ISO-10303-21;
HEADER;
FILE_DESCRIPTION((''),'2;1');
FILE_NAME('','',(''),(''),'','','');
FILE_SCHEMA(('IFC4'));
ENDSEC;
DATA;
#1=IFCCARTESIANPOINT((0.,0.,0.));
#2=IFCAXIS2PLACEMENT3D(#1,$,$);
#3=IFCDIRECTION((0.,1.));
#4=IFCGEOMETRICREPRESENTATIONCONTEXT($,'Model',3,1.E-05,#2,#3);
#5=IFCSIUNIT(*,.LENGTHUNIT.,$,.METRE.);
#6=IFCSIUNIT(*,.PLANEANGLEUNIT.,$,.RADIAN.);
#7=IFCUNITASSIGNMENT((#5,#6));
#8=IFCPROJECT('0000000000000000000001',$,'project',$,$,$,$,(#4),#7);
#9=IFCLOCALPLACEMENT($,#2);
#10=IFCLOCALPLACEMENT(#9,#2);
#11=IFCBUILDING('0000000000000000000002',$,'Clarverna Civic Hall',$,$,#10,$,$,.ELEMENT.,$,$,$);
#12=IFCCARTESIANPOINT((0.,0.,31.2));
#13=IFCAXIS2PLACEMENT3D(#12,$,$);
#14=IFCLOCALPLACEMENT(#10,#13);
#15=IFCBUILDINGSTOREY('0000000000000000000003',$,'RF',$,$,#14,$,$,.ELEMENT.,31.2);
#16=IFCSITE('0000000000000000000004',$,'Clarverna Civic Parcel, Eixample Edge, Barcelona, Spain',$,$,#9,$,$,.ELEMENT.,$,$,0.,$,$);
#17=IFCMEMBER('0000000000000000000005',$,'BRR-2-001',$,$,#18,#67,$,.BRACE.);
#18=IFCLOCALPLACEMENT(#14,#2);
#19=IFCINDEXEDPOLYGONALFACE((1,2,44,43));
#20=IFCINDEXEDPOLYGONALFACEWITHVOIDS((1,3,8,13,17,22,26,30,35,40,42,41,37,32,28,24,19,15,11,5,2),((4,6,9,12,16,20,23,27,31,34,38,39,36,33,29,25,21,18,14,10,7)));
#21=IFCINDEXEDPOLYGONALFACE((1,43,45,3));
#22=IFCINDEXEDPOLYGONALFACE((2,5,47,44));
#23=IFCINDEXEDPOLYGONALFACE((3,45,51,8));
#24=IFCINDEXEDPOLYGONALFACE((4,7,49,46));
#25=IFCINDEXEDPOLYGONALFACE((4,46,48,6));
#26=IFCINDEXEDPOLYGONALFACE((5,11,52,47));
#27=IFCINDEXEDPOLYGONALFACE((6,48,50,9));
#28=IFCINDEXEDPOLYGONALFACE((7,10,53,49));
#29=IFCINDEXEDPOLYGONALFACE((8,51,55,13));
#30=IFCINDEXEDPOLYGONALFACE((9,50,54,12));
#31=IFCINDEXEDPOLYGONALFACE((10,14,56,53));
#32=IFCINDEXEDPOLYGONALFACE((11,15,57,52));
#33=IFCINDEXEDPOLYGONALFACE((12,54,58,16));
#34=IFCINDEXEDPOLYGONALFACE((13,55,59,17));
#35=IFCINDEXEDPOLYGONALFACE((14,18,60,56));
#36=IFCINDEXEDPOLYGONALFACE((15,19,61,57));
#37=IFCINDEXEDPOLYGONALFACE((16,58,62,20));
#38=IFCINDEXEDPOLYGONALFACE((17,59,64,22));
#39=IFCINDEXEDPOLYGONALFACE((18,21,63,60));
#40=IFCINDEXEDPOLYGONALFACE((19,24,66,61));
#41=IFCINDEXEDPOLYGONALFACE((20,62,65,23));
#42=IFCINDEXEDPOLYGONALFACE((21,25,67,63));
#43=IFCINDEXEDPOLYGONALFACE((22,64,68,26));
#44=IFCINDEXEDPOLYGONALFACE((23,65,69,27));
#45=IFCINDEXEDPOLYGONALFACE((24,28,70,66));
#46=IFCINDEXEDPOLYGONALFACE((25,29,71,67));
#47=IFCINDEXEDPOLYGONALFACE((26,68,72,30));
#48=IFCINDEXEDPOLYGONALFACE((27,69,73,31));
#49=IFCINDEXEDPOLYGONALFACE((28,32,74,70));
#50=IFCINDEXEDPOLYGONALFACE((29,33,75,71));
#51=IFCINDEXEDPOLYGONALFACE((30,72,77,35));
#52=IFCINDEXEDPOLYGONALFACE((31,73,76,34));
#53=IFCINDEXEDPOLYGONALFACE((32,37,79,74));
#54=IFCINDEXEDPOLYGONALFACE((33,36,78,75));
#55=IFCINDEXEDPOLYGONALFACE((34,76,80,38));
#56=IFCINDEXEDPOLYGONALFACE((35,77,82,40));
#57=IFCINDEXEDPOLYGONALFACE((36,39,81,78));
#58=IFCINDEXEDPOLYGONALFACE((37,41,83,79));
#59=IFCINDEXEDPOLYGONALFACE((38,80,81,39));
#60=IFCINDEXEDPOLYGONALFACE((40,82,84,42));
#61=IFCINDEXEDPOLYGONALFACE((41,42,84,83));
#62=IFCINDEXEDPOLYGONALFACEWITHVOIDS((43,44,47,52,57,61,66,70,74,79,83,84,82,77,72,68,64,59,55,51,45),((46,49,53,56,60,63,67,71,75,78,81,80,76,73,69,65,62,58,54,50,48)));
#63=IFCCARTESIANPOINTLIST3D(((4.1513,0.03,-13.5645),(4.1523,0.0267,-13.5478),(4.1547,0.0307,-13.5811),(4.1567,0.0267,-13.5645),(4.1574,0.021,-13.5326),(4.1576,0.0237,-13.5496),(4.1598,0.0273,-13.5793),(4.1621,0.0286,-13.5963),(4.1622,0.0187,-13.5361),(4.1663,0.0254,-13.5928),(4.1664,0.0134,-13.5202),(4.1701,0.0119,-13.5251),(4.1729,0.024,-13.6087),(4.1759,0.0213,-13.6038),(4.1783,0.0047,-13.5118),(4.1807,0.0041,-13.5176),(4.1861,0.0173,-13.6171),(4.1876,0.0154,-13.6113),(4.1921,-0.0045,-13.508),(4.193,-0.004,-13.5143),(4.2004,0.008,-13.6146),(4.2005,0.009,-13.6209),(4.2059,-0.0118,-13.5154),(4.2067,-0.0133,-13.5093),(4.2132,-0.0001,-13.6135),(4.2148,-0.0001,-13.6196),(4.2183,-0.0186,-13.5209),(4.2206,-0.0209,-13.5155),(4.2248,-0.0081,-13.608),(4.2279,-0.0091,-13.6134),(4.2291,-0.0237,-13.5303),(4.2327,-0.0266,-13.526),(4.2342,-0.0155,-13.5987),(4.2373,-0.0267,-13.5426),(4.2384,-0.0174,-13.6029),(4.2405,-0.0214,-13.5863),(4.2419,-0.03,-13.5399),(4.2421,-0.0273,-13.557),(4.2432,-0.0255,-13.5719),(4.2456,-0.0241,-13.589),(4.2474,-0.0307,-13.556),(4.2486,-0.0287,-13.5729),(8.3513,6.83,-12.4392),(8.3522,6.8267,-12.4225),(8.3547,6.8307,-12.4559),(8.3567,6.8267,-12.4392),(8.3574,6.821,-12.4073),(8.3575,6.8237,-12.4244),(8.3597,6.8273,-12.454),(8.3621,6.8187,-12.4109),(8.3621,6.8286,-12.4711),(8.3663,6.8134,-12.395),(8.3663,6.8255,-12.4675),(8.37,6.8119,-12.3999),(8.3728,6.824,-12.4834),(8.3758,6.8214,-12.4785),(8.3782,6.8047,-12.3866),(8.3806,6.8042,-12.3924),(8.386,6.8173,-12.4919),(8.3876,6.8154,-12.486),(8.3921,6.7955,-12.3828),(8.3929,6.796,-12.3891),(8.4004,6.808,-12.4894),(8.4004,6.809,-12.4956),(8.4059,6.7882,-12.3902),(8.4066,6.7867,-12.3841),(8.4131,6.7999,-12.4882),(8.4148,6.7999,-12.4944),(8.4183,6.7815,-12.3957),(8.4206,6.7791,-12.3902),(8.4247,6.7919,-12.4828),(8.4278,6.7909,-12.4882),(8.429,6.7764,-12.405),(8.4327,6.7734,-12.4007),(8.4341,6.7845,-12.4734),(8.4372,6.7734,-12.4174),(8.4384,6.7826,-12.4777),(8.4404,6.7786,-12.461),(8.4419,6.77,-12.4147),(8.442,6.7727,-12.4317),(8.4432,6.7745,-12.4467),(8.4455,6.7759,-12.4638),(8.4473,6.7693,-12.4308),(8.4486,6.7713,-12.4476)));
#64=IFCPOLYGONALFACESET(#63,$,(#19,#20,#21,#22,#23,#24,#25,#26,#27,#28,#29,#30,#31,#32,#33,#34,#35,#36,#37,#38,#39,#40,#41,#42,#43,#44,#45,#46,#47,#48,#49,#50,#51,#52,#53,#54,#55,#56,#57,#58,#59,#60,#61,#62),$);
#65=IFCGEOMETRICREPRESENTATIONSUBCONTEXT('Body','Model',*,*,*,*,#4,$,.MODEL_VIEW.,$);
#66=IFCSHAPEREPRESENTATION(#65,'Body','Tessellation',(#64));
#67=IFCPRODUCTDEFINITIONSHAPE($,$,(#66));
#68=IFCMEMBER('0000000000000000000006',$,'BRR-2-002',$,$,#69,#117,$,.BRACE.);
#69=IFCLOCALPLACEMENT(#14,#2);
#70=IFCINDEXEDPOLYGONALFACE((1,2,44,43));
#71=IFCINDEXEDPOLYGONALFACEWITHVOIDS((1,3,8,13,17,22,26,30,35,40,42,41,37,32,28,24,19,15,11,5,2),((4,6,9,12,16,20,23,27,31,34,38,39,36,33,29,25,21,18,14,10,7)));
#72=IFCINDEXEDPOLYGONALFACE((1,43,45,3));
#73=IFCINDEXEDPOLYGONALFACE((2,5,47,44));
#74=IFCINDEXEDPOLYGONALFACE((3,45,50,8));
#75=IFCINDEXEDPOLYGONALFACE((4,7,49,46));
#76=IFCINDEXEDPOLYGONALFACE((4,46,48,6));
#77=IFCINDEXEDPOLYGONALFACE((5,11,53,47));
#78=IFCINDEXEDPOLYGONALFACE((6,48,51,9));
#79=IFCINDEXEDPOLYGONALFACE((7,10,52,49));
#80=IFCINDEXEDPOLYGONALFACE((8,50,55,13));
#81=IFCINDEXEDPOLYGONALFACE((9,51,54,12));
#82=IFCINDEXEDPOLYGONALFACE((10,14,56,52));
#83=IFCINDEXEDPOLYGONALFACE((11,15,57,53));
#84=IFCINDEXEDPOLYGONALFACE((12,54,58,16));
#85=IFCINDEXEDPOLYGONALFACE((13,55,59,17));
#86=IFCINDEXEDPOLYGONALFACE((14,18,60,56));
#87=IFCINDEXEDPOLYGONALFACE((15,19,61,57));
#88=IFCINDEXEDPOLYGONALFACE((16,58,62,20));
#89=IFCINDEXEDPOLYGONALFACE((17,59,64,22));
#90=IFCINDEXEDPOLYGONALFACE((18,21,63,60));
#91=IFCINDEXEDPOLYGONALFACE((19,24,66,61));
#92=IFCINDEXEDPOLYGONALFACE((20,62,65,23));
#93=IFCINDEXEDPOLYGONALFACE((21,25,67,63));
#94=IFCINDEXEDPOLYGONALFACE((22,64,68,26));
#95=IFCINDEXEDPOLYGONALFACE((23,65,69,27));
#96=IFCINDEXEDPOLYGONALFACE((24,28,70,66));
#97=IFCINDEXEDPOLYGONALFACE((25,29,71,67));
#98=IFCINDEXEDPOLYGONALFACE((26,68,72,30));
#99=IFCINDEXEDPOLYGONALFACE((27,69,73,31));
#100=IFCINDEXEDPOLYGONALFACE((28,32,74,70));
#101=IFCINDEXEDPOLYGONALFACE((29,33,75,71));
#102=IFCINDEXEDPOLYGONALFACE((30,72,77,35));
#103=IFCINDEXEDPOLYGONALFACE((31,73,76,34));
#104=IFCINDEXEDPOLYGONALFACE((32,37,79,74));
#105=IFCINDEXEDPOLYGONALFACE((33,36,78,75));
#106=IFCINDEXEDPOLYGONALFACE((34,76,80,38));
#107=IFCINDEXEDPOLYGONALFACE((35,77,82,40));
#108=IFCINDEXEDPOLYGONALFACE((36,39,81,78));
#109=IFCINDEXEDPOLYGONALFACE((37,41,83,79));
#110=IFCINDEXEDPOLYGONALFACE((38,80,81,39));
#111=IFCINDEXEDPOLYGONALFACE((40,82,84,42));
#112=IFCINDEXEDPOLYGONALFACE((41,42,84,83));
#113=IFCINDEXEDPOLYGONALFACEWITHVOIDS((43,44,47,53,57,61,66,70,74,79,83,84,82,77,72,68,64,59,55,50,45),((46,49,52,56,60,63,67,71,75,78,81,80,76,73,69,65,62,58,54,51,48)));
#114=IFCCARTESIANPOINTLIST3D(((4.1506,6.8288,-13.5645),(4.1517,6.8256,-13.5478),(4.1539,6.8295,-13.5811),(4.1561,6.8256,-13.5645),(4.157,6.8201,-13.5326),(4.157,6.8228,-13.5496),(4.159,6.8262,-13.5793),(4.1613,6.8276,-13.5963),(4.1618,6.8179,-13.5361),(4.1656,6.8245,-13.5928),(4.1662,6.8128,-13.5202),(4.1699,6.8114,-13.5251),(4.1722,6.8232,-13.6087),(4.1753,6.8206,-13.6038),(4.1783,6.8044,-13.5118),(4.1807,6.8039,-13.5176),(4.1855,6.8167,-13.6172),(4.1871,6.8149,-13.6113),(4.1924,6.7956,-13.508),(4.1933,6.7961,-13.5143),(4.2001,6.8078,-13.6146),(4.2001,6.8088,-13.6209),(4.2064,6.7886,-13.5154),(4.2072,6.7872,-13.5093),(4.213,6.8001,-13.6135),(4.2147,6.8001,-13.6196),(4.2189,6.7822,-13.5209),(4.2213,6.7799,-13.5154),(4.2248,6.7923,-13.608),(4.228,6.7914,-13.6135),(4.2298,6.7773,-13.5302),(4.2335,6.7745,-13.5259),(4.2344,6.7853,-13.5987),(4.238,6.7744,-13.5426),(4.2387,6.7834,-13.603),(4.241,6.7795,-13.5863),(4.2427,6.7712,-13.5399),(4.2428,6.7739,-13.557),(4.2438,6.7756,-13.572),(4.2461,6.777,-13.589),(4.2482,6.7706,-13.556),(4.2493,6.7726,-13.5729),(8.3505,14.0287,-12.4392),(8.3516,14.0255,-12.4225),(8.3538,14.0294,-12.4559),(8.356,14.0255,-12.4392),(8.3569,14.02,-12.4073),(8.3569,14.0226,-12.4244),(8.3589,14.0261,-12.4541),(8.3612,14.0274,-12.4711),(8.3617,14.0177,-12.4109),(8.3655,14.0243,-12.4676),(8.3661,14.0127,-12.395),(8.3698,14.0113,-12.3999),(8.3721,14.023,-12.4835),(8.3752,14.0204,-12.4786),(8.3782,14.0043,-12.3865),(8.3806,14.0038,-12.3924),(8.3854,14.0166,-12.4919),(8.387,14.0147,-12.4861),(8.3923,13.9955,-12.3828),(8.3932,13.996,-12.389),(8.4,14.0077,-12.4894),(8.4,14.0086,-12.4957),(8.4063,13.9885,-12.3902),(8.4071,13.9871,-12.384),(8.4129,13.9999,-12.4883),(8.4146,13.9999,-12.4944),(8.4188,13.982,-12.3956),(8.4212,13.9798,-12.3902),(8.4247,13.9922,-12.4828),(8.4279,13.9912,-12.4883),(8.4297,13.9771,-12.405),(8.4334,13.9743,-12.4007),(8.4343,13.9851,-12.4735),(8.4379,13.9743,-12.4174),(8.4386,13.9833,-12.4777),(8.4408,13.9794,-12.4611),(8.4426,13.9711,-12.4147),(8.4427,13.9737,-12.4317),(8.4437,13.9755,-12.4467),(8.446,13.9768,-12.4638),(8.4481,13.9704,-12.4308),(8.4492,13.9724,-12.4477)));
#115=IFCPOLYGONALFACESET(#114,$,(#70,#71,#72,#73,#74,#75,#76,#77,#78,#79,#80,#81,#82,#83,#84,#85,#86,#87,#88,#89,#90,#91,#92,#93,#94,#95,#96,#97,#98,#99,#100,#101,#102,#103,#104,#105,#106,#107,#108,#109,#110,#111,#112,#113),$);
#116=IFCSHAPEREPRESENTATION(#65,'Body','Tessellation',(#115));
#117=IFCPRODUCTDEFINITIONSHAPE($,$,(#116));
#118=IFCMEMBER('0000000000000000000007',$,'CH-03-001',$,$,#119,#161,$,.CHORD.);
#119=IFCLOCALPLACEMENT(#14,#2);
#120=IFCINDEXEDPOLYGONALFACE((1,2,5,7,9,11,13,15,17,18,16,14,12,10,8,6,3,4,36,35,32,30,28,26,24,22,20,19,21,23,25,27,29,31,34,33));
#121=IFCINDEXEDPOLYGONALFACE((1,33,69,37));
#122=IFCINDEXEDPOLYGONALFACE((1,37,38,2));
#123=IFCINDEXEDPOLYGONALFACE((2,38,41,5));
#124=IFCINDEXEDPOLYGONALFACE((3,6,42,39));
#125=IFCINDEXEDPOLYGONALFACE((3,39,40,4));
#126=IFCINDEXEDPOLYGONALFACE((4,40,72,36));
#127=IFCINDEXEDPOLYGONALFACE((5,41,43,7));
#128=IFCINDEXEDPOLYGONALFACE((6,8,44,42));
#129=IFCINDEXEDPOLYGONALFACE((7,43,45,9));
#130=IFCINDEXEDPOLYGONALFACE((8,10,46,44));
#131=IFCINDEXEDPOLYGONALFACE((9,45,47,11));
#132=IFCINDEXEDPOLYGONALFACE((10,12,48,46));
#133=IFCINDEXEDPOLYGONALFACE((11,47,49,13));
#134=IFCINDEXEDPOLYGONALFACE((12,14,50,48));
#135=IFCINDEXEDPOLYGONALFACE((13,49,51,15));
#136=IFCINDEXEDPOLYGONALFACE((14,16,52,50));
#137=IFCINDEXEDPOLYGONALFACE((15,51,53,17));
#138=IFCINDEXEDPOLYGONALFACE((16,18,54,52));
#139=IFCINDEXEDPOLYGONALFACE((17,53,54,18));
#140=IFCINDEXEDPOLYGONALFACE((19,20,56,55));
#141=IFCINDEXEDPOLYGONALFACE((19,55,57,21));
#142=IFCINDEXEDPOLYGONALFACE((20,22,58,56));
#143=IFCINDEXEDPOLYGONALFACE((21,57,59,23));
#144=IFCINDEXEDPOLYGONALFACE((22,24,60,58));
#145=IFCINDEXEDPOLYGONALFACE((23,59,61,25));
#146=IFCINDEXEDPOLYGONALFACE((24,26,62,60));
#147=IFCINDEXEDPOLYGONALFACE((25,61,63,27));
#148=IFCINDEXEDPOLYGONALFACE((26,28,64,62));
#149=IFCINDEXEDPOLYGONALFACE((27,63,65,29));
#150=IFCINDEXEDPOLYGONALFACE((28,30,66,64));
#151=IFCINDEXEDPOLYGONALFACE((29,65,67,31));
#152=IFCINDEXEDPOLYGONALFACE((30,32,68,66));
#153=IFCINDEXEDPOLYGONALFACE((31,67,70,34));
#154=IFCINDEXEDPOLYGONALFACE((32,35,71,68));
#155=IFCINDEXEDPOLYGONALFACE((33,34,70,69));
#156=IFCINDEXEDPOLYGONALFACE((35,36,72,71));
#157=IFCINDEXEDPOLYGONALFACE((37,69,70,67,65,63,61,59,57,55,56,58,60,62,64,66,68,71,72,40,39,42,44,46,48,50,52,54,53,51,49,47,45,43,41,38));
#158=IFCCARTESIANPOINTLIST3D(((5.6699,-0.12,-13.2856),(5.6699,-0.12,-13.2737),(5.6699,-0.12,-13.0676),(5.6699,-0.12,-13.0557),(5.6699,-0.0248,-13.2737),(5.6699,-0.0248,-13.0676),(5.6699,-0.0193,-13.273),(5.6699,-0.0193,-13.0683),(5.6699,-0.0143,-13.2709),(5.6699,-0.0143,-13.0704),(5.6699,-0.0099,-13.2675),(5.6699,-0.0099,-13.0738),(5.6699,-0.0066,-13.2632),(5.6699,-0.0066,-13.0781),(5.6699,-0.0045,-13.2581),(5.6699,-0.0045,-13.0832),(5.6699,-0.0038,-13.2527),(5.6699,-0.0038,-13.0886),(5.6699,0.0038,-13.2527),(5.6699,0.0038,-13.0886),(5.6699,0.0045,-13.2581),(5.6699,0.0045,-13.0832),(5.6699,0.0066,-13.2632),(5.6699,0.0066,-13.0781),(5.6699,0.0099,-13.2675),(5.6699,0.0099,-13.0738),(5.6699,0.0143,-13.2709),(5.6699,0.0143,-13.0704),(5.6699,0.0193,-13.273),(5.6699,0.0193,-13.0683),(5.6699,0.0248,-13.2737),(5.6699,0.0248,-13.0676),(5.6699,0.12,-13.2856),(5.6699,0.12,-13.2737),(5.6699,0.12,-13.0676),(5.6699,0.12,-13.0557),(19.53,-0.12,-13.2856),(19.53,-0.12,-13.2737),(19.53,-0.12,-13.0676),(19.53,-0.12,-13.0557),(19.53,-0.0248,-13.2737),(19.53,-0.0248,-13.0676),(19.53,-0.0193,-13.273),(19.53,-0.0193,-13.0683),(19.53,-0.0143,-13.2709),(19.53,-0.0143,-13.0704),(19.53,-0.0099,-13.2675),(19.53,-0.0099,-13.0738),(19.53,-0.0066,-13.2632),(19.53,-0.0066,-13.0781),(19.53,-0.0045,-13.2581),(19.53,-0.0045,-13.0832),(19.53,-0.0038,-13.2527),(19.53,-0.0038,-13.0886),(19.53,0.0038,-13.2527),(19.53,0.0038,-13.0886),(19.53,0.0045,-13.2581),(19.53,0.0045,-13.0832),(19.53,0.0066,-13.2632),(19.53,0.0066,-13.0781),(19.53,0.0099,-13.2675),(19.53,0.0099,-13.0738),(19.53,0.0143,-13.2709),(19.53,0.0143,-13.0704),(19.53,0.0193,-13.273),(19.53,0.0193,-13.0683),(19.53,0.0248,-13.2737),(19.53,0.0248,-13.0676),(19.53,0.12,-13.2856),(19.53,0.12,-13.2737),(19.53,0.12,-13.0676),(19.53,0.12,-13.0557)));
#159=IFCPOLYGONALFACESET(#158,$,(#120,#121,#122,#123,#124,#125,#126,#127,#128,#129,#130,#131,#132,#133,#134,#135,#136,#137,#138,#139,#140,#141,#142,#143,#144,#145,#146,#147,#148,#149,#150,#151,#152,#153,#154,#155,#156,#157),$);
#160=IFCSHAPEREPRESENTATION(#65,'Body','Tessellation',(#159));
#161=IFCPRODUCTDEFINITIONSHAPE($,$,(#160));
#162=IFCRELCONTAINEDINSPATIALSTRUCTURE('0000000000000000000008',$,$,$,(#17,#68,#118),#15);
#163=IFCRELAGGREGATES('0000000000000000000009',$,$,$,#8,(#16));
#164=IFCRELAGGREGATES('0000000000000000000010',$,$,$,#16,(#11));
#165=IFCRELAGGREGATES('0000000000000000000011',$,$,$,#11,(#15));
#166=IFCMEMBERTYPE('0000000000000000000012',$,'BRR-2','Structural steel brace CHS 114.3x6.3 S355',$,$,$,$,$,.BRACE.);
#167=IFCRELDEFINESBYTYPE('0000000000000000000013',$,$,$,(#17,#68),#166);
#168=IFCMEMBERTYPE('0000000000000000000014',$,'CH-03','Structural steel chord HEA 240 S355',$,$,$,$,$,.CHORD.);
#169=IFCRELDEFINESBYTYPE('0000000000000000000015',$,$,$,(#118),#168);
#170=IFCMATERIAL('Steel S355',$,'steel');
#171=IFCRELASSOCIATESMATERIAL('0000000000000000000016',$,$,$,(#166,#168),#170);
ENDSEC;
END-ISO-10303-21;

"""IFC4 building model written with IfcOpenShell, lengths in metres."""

from ifc_helpers import new_model, si_unit, direction, frame, origin, origin_2d, place, context, subcontext, project, spatial, hollow_circle, i_section, extrude, material, material_profile, profile_set, type_object, element, save


model = new_model("IFC4")

# Units and contexts
model_context = context("Model", 3, precision=1e-05, world=origin(), true_north=direction((0.0, 1.0)))
body_context = subcontext(model_context, "Body", "Model", "MODEL_VIEW")
ifc_project = project(units=[si_unit("LENGTHUNIT", "METRE"), si_unit("PLANEANGLEUNIT", "RADIAN")], contexts=[model_context])

# Site, building, storey
site_placement = place(None, origin())
site = spatial("IfcSite", under=ifc_project, at=site_placement, Name="Clarverna Civic Parcel, Eixample Edge, Barcelona, Spain", CompositionType="ELEMENT", RefElevation=0.0)
building_placement = place(site_placement, origin())
building = spatial("IfcBuilding", under=site, at=building_placement, Name="Clarverna Civic Hall", CompositionType="ELEMENT")
storey_placement = place(building_placement, frame((0.0, 0.0, 31.2)))
storey = spatial("IfcBuildingStorey", under=building, at=storey_placement, Name="RF", CompositionType="ELEMENT", Elevation=31.2)

# Members
ifc_material_1 = material(Name="Steel S355", Category="steel")
ifc_material_profile_1 = material_profile(ifc_material_1, hollow_circle(Radius=0.0571, WallThickness=0.0063, at=origin_2d()), Name="CHS 114.3x6.3")
ifc_profile_set_1 = profile_set([ifc_material_profile_1], Name="Steel S355")
member_type_1 = type_object("IfcMemberType", Name="BRR-2", Description="Structural steel brace CHS 114.3x6.3 S355", PredefinedType="BRACE", material=ifc_profile_set_1)
member_1_placement = place(storey_placement, frame((4.2, 0.0, -13.5645), z_axis=(0.520354, 0.842494, 0.139412), x_axis=(-0.850802, 0.525486, 0.0)))
element("IfcMember", 1, at=member_1_placement, inside=storey, type_object=member_type_1, Name="BRR-2-001", PredefinedType="BRACE", context=body_context, shape_type="SweptSolid", body=[
    extrude(hollow_circle(Radius=0.0571, WallThickness=0.0063, at=origin_2d()), origin(), (0.0, 0.0, 1.0), 8.0713),
])
member_2_placement = place(storey_placement, frame((4.2, 6.8, -13.5645), z_axis=(0.49934, 0.856015, 0.133782), x_axis=(-0.86378, 0.503869, 0.0)))
element("IfcMember", 2, at=member_2_placement, inside=storey, type_object=member_type_1, Name="BRR-2-002", PredefinedType="BRACE", context=body_context, shape_type="SweptSolid", body=[
    extrude(hollow_circle(Radius=0.0571, WallThickness=0.0063, at=origin_2d()), origin(), (0.0, 0.0, 1.0), 8.4109),
])
ifc_material_profile_2 = material_profile(ifc_material_1, i_section(OverallWidth=0.24, OverallDepth=0.23, WebThickness=0.0076, FlangeThickness=0.012, FilletRadius=0.021, at=origin_2d()), Name="HEA 240")
ifc_profile_set_2 = profile_set([ifc_material_profile_2], Name="Steel S355")
member_type_2 = type_object("IfcMemberType", Name="CH-03", Description="Structural steel chord HEA 240 S355", PredefinedType="CHORD", material=ifc_profile_set_2)
member_3_placement = place(storey_placement, frame((5.6699, 0.0, -13.1707), z_axis=(1.0, 0.0, 0.0), x_axis=(0.0, 1.0, 0.0)))
element("IfcMember", 3, at=member_3_placement, inside=storey, type_object=member_type_2, Name="CH-03-001", PredefinedType="CHORD", context=body_context, shape_type="SweptSolid", body=[
    extrude(i_section(OverallWidth=0.24, OverallDepth=0.23, WebThickness=0.0076, FlangeThickness=0.012, FilletRadius=0.021, at=origin_2d()), origin(), (0.0, 0.0, 1.0), 13.8601),
])

save(model, "model.ifc")
